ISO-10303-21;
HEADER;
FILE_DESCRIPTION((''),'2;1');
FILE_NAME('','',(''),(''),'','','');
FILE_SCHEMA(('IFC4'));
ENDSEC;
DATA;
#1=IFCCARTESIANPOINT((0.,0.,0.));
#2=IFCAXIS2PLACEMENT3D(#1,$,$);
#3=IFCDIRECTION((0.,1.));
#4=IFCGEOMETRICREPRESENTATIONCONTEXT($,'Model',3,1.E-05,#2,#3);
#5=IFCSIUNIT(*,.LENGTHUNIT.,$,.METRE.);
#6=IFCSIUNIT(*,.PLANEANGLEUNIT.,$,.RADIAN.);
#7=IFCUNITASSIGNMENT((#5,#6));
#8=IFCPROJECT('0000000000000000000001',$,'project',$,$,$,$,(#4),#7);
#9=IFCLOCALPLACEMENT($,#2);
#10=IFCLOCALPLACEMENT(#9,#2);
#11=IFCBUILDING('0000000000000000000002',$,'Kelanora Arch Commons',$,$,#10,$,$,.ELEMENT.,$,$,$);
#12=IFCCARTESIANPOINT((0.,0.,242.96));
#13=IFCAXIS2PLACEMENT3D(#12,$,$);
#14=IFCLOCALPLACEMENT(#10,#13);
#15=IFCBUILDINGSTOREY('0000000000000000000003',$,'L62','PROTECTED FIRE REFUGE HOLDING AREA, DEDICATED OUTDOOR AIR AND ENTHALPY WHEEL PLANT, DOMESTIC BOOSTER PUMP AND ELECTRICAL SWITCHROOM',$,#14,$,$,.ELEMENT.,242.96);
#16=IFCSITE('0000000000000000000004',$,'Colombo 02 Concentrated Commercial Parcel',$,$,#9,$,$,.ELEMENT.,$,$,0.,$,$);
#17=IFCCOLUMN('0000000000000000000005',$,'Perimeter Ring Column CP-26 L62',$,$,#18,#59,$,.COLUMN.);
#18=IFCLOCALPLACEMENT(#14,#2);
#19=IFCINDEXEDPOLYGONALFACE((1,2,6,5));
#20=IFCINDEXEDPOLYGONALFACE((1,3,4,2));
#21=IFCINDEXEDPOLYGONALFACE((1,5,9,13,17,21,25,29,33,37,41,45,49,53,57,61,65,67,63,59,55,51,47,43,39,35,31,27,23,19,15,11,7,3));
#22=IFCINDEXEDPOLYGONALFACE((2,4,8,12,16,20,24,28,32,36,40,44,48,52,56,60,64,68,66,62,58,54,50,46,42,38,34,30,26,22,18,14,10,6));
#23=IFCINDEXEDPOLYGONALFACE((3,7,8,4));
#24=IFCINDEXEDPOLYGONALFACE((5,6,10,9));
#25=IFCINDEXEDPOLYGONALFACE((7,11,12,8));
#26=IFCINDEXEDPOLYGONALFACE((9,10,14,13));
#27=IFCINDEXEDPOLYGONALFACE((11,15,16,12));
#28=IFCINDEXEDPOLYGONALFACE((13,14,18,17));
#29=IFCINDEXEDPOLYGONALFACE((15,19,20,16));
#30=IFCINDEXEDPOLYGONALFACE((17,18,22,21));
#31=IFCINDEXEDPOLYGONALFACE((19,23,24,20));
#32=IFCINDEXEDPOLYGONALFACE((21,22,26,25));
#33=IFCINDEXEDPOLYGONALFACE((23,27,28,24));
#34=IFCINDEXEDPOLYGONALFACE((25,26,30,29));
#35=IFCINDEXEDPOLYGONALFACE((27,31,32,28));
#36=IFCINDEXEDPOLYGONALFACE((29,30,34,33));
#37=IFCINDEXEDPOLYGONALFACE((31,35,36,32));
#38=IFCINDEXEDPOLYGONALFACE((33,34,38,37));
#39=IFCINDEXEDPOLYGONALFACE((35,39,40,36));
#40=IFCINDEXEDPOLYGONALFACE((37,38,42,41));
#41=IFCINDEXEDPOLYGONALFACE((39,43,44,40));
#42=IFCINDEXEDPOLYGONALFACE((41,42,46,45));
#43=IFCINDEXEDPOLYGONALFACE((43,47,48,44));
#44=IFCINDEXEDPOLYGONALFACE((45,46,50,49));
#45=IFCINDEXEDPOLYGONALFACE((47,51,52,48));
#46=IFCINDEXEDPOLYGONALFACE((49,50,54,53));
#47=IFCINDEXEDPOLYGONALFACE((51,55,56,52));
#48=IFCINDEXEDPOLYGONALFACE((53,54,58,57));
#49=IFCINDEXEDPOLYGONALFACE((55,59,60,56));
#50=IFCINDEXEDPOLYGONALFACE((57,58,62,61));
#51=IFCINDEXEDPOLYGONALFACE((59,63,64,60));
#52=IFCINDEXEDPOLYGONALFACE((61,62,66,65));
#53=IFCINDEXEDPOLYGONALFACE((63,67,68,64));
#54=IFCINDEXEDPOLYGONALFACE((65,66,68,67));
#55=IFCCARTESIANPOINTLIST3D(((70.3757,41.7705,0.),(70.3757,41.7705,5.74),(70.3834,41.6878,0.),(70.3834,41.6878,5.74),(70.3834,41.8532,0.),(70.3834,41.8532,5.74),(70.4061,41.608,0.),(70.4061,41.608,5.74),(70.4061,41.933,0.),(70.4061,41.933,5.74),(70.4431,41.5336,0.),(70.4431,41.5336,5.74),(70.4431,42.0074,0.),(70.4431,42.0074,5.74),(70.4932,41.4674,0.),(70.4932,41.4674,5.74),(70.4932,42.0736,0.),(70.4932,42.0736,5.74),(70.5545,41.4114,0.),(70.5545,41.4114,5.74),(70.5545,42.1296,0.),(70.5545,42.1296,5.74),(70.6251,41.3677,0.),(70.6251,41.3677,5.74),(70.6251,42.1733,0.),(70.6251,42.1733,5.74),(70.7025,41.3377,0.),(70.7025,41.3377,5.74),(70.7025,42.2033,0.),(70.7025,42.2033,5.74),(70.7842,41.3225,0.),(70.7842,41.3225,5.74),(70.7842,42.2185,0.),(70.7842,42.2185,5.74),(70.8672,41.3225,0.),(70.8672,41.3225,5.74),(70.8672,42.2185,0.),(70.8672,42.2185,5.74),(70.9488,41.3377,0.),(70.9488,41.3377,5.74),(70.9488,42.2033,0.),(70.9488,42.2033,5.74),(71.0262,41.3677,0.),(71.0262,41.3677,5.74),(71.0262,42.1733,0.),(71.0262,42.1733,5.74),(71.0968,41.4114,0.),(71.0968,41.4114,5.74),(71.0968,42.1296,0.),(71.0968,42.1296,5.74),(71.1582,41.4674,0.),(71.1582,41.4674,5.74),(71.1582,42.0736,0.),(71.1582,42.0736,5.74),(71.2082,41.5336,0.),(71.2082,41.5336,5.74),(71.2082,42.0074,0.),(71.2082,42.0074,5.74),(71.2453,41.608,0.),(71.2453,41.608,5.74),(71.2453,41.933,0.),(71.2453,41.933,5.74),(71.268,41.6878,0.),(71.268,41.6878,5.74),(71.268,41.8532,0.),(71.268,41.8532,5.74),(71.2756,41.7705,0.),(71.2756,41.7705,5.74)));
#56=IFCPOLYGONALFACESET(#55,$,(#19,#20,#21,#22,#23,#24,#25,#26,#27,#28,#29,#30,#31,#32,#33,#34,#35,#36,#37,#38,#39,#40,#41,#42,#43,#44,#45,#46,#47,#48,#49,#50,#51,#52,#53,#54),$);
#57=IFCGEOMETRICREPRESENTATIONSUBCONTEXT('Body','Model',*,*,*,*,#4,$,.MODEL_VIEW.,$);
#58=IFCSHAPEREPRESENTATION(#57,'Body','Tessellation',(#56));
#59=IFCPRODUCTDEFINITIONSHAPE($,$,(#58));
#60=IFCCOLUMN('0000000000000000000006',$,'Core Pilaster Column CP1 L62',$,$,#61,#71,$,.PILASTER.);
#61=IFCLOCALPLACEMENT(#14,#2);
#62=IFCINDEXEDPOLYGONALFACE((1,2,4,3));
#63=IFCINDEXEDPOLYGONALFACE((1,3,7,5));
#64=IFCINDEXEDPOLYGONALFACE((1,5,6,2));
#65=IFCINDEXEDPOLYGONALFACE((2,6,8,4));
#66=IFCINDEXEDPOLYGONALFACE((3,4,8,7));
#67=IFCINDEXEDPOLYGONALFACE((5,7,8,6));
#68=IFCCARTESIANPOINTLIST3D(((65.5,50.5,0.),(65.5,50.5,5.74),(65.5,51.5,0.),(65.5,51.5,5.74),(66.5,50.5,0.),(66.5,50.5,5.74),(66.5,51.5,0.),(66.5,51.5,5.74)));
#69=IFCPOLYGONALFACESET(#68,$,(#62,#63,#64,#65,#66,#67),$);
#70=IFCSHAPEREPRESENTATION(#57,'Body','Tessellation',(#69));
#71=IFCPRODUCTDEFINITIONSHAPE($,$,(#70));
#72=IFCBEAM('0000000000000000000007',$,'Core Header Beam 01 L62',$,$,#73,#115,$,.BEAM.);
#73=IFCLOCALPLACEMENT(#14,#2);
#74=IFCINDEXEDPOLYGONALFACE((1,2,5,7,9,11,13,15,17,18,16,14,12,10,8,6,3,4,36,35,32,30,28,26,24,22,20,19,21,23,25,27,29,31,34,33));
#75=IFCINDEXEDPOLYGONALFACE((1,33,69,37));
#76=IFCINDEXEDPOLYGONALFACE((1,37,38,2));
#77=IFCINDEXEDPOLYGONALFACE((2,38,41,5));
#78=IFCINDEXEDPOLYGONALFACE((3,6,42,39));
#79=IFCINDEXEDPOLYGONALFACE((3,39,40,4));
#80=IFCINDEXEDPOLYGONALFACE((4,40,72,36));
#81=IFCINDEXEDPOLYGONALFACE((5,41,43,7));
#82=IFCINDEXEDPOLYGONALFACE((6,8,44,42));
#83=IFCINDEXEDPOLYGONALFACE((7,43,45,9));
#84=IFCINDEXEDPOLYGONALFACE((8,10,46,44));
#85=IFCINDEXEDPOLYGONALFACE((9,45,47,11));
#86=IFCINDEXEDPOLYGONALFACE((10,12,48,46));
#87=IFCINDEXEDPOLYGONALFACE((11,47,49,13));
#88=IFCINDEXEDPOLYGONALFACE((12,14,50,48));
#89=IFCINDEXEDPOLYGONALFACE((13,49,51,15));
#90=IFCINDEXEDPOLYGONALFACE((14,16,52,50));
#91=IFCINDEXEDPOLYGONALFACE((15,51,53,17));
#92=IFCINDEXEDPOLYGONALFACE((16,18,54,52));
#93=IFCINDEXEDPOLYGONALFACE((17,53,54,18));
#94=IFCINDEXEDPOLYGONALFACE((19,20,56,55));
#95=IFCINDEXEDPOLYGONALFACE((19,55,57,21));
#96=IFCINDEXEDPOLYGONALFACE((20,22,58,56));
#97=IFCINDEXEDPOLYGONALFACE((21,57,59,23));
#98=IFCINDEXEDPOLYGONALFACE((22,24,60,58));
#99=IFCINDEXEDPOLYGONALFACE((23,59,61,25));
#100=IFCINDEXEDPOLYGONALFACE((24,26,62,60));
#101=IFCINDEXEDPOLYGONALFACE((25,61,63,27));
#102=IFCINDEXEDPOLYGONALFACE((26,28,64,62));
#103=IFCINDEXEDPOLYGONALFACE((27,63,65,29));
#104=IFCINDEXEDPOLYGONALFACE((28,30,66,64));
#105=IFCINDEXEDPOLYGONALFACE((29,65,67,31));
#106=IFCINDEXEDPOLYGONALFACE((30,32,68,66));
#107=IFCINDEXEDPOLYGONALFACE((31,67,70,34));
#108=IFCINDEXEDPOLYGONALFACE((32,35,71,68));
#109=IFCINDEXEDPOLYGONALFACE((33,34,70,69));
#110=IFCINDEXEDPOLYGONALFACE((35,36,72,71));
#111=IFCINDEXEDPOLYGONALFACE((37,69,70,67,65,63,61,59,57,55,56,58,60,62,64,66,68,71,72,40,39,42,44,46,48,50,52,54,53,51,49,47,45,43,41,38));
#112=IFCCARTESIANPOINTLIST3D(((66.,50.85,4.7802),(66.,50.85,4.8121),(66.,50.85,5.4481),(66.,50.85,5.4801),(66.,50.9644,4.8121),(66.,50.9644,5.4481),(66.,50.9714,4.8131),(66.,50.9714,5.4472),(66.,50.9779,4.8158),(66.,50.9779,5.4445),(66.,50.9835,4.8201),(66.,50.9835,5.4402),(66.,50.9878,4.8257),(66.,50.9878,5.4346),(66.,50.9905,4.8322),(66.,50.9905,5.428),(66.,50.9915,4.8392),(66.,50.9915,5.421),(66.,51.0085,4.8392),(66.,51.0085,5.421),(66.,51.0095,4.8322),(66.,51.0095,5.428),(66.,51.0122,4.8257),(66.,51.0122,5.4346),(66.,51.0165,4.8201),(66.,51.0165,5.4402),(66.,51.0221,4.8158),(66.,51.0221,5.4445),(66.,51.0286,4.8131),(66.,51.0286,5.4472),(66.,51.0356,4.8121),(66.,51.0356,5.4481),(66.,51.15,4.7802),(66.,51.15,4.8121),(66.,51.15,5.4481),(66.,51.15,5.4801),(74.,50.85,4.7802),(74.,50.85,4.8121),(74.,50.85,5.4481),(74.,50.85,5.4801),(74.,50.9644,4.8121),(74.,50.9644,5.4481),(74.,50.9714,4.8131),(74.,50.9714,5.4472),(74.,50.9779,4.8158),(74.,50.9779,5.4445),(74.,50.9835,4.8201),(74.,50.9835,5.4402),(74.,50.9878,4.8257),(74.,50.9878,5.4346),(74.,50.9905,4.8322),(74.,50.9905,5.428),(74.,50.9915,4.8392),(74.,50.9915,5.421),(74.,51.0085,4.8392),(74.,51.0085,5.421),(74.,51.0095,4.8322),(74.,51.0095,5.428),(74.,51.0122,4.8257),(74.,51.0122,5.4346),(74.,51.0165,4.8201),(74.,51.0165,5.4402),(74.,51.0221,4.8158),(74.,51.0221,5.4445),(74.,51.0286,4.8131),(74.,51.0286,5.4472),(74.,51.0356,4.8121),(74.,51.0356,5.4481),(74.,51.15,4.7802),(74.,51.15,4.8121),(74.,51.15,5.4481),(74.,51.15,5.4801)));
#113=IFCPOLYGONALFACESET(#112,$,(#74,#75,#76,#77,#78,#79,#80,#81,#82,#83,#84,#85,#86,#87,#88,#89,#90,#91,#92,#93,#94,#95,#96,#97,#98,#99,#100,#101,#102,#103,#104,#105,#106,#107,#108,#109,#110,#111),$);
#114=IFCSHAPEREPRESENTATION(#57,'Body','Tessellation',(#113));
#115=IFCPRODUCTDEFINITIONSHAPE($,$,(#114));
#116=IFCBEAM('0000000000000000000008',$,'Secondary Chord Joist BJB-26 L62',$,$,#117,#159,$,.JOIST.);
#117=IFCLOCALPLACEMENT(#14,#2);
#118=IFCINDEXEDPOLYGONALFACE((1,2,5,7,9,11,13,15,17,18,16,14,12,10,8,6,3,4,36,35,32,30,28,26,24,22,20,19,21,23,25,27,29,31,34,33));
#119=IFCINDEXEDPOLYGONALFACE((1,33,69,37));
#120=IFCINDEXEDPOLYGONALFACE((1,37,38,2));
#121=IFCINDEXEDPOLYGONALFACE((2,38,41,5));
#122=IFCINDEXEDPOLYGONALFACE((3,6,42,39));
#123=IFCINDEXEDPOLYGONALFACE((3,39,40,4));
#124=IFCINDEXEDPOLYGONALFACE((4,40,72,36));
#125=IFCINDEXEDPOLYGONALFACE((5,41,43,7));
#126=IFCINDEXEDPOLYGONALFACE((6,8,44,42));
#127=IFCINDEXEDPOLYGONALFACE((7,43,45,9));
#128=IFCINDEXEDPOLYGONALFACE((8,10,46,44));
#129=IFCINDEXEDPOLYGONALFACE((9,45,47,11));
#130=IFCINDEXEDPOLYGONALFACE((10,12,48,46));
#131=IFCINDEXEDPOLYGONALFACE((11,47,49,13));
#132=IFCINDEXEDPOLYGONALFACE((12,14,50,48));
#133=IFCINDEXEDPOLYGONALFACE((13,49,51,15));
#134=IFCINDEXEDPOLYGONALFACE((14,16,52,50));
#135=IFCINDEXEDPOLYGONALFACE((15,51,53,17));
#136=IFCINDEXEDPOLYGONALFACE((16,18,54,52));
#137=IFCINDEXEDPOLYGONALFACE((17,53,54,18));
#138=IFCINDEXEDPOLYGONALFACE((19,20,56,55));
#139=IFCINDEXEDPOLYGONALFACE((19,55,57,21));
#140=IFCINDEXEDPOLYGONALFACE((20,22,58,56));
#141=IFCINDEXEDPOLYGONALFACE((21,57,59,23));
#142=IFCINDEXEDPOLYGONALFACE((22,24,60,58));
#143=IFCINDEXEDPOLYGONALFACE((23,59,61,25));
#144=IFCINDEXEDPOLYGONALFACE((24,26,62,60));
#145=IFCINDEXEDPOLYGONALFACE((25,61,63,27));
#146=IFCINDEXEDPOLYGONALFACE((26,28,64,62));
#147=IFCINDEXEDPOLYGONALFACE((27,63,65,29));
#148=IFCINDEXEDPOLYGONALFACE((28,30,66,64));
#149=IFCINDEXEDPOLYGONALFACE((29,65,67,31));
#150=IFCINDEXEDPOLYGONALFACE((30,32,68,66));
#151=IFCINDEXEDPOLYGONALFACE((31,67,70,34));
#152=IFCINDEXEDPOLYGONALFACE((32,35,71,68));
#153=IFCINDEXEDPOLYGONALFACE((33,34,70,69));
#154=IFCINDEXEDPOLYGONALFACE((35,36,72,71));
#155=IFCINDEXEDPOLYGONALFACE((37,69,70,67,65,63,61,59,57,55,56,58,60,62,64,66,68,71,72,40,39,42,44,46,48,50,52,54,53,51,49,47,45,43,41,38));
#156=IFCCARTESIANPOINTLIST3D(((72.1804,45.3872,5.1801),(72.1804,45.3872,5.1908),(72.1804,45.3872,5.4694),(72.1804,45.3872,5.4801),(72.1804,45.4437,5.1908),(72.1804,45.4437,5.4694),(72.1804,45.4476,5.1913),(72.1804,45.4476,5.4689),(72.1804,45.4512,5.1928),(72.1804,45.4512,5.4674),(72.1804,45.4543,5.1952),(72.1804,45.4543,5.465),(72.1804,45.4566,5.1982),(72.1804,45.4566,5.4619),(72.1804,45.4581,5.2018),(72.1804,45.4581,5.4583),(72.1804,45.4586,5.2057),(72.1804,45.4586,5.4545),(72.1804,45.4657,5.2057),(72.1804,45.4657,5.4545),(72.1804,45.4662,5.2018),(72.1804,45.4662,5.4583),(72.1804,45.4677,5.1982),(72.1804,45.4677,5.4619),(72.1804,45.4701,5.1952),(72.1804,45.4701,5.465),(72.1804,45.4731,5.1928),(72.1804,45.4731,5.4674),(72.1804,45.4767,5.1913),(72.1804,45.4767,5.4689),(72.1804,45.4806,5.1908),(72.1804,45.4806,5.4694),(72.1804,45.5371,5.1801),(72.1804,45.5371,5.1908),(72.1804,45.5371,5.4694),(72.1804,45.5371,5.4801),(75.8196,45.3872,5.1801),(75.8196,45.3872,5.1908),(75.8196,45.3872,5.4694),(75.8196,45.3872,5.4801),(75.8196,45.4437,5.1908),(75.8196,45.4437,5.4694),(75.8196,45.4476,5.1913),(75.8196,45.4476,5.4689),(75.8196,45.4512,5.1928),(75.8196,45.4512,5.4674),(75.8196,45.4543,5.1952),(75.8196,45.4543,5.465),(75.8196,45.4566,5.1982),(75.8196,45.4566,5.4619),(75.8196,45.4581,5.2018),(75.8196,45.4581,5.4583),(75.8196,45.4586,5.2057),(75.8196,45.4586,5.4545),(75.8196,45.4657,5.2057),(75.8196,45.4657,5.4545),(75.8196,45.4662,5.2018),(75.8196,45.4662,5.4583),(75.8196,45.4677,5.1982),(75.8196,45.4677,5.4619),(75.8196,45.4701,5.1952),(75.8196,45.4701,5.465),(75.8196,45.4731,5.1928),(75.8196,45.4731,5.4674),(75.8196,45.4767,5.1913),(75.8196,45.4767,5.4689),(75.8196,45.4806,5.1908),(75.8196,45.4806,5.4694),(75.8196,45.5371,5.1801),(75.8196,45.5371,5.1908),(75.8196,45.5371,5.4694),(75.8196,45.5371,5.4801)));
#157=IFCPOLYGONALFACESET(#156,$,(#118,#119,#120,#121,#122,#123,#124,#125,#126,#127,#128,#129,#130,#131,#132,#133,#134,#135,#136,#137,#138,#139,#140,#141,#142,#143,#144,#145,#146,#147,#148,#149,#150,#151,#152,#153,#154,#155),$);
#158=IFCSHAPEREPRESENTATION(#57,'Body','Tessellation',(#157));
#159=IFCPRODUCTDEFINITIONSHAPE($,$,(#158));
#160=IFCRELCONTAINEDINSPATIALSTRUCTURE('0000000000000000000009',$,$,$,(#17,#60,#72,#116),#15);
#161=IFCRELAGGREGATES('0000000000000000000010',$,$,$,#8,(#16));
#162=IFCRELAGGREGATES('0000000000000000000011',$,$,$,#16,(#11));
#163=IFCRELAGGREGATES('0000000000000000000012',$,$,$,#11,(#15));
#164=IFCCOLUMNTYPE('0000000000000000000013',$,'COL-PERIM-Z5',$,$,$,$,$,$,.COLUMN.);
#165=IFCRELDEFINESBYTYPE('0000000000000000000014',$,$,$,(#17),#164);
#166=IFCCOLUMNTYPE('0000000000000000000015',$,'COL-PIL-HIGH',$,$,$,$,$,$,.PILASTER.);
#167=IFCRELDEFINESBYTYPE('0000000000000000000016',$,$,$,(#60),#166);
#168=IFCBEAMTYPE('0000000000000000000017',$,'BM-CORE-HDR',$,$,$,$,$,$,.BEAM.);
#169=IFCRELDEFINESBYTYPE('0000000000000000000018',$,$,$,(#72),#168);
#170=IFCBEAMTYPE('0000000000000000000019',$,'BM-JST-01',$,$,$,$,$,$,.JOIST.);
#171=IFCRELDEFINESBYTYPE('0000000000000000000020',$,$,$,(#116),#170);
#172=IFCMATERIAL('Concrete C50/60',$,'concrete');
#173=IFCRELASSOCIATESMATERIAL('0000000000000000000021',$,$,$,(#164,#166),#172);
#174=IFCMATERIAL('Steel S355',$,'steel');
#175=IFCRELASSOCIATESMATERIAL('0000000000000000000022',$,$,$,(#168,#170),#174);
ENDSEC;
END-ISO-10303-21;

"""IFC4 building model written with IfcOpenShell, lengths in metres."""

from ifc_helpers import new_model, si_unit, direction, frame, origin, origin_2d, place, context, subcontext, project, spatial, rectangle, circle, i_section, extrude, material, material_profile, profile_set, type_object, element, save


model = new_model("IFC4")

# Units and contexts
model_context = context("Model", 3, precision=1e-05, world=origin(), true_north=direction((0.0, 1.0)))
body_context = subcontext(model_context, "Body", "Model", "MODEL_VIEW")
ifc_project = project(units=[si_unit("LENGTHUNIT", "METRE"), si_unit("PLANEANGLEUNIT", "RADIAN")], contexts=[model_context])

# Site, building, storey
site_placement = place(None, origin())
site = spatial("IfcSite", under=ifc_project, at=site_placement, Name="Colombo 02 Concentrated Commercial Parcel", CompositionType="ELEMENT", RefElevation=0.0)
building_placement = place(site_placement, origin())
building = spatial("IfcBuilding", under=site, at=building_placement, Name="Kelanora Arch Commons", CompositionType="ELEMENT")
storey_placement = place(building_placement, frame((0.0, 0.0, 242.96)))
storey = spatial("IfcBuildingStorey", under=building, at=storey_placement, Name="L62", Description="PROTECTED FIRE REFUGE HOLDING AREA, DEDICATED OUTDOOR AIR AND ENTHALPY WHEEL PLANT, DOMESTIC BOOSTER PUMP AND ELECTRICAL SWITCHROOM", CompositionType="ELEMENT", Elevation=242.96)

# Columns
ifc_material_1 = material(Name="Concrete C50/60", Category="concrete")
ifc_material_profile_1 = material_profile(ifc_material_1, circle(Radius=0.45, at=origin_2d()), Name="RCC900")
ifc_profile_set_1 = profile_set([ifc_material_profile_1], Name="Concrete C50/60")
column_type_1 = type_object("IfcColumnType", Name="COL-PERIM-Z5", PredefinedType="COLUMN", material=ifc_profile_set_1)
column_1_placement = place(storey_placement, frame((70.8257, 41.7705, 0.0), z_axis=(0.0, 0.0, 1.0), x_axis=(1.0, 0.0, 0.0)))
element("IfcColumn", 1, at=column_1_placement, inside=storey, type_object=column_type_1, Name="Perimeter Ring Column CP-26 L62", PredefinedType="COLUMN", context=body_context, shape_type="SweptSolid", body=[
    extrude(circle(Radius=0.45, at=origin_2d()), origin(), (0.0, 0.0, 1.0), 5.74),
])
ifc_material_profile_2 = material_profile(ifc_material_1, rectangle(XDim=1.0, YDim=1.0, at=origin_2d()), Name="RC1000x1000")
ifc_profile_set_2 = profile_set([ifc_material_profile_2], Name="Concrete C50/60")
column_type_2 = type_object("IfcColumnType", Name="COL-PIL-HIGH", PredefinedType="PILASTER", material=ifc_profile_set_2)
column_2_placement = place(storey_placement, frame((66.0, 51.0, 0.0), z_axis=(0.0, 0.0, 1.0), x_axis=(1.0, 0.0, 0.0)))
element("IfcColumn", 2, at=column_2_placement, inside=storey, type_object=column_type_2, Name="Core Pilaster Column CP1 L62", PredefinedType="PILASTER", context=body_context, shape_type="SweptSolid", body=[
    extrude(rectangle(XDim=1.0, YDim=1.0, at=origin_2d()), origin(), (0.0, 0.0, 1.0), 5.74),
])

# Beams
ifc_material_2 = material(Name="Steel S355", Category="steel")
ifc_material_profile_3 = material_profile(ifc_material_2, i_section(OverallWidth=0.3, OverallDepth=0.7, WebThickness=0.0171, FlangeThickness=0.032, FilletRadius=0.0271, at=origin_2d()), Name="HEB700")
ifc_profile_set_3 = profile_set([ifc_material_profile_3], Name="Steel S355")
beam_type_1 = type_object("IfcBeamType", Name="BM-CORE-HDR", PredefinedType="BEAM", material=ifc_profile_set_3)
beam_1_placement = place(storey_placement, frame((66.0, 51.0, 5.1301), z_axis=(1.0, 0.0, 0.0), x_axis=(0.0, 1.0, 0.0)))
element("IfcBeam", 3, at=beam_1_placement, inside=storey, type_object=beam_type_1, Name="Core Header Beam 01 L62", PredefinedType="BEAM", context=body_context, shape_type="SweptSolid", body=[
    extrude(i_section(OverallWidth=0.3, OverallDepth=0.7, WebThickness=0.0171, FlangeThickness=0.032, FilletRadius=0.0271, at=origin_2d()), origin(), (0.0, 0.0, 1.0), 8.0),
])
ifc_material_profile_4 = material_profile(ifc_material_2, i_section(OverallWidth=0.1499, OverallDepth=0.3, WebThickness=0.0071, FlangeThickness=0.0107, FilletRadius=0.0149, at=origin_2d()), Name="IPE300")
ifc_profile_set_4 = profile_set([ifc_material_profile_4], Name="Steel S355")
beam_type_2 = type_object("IfcBeamType", Name="BM-JST-01", PredefinedType="JOIST", material=ifc_profile_set_4)
beam_2_placement = place(storey_placement, frame((72.1804, 45.4622, 5.3301), z_axis=(1.0, 0.0, 0.0), x_axis=(0.0, 1.0, 0.0)))
element("IfcBeam", 4, at=beam_2_placement, inside=storey, type_object=beam_type_2, Name="Secondary Chord Joist BJB-26 L62", PredefinedType="JOIST", context=body_context, shape_type="SweptSolid", body=[
    extrude(i_section(OverallWidth=0.1499, OverallDepth=0.3, WebThickness=0.0071, FlangeThickness=0.0107, FilletRadius=0.0149, at=origin_2d()), origin(), (0.0, 0.0, 1.0), 3.6392),
])

save(model, "model.ifc")
